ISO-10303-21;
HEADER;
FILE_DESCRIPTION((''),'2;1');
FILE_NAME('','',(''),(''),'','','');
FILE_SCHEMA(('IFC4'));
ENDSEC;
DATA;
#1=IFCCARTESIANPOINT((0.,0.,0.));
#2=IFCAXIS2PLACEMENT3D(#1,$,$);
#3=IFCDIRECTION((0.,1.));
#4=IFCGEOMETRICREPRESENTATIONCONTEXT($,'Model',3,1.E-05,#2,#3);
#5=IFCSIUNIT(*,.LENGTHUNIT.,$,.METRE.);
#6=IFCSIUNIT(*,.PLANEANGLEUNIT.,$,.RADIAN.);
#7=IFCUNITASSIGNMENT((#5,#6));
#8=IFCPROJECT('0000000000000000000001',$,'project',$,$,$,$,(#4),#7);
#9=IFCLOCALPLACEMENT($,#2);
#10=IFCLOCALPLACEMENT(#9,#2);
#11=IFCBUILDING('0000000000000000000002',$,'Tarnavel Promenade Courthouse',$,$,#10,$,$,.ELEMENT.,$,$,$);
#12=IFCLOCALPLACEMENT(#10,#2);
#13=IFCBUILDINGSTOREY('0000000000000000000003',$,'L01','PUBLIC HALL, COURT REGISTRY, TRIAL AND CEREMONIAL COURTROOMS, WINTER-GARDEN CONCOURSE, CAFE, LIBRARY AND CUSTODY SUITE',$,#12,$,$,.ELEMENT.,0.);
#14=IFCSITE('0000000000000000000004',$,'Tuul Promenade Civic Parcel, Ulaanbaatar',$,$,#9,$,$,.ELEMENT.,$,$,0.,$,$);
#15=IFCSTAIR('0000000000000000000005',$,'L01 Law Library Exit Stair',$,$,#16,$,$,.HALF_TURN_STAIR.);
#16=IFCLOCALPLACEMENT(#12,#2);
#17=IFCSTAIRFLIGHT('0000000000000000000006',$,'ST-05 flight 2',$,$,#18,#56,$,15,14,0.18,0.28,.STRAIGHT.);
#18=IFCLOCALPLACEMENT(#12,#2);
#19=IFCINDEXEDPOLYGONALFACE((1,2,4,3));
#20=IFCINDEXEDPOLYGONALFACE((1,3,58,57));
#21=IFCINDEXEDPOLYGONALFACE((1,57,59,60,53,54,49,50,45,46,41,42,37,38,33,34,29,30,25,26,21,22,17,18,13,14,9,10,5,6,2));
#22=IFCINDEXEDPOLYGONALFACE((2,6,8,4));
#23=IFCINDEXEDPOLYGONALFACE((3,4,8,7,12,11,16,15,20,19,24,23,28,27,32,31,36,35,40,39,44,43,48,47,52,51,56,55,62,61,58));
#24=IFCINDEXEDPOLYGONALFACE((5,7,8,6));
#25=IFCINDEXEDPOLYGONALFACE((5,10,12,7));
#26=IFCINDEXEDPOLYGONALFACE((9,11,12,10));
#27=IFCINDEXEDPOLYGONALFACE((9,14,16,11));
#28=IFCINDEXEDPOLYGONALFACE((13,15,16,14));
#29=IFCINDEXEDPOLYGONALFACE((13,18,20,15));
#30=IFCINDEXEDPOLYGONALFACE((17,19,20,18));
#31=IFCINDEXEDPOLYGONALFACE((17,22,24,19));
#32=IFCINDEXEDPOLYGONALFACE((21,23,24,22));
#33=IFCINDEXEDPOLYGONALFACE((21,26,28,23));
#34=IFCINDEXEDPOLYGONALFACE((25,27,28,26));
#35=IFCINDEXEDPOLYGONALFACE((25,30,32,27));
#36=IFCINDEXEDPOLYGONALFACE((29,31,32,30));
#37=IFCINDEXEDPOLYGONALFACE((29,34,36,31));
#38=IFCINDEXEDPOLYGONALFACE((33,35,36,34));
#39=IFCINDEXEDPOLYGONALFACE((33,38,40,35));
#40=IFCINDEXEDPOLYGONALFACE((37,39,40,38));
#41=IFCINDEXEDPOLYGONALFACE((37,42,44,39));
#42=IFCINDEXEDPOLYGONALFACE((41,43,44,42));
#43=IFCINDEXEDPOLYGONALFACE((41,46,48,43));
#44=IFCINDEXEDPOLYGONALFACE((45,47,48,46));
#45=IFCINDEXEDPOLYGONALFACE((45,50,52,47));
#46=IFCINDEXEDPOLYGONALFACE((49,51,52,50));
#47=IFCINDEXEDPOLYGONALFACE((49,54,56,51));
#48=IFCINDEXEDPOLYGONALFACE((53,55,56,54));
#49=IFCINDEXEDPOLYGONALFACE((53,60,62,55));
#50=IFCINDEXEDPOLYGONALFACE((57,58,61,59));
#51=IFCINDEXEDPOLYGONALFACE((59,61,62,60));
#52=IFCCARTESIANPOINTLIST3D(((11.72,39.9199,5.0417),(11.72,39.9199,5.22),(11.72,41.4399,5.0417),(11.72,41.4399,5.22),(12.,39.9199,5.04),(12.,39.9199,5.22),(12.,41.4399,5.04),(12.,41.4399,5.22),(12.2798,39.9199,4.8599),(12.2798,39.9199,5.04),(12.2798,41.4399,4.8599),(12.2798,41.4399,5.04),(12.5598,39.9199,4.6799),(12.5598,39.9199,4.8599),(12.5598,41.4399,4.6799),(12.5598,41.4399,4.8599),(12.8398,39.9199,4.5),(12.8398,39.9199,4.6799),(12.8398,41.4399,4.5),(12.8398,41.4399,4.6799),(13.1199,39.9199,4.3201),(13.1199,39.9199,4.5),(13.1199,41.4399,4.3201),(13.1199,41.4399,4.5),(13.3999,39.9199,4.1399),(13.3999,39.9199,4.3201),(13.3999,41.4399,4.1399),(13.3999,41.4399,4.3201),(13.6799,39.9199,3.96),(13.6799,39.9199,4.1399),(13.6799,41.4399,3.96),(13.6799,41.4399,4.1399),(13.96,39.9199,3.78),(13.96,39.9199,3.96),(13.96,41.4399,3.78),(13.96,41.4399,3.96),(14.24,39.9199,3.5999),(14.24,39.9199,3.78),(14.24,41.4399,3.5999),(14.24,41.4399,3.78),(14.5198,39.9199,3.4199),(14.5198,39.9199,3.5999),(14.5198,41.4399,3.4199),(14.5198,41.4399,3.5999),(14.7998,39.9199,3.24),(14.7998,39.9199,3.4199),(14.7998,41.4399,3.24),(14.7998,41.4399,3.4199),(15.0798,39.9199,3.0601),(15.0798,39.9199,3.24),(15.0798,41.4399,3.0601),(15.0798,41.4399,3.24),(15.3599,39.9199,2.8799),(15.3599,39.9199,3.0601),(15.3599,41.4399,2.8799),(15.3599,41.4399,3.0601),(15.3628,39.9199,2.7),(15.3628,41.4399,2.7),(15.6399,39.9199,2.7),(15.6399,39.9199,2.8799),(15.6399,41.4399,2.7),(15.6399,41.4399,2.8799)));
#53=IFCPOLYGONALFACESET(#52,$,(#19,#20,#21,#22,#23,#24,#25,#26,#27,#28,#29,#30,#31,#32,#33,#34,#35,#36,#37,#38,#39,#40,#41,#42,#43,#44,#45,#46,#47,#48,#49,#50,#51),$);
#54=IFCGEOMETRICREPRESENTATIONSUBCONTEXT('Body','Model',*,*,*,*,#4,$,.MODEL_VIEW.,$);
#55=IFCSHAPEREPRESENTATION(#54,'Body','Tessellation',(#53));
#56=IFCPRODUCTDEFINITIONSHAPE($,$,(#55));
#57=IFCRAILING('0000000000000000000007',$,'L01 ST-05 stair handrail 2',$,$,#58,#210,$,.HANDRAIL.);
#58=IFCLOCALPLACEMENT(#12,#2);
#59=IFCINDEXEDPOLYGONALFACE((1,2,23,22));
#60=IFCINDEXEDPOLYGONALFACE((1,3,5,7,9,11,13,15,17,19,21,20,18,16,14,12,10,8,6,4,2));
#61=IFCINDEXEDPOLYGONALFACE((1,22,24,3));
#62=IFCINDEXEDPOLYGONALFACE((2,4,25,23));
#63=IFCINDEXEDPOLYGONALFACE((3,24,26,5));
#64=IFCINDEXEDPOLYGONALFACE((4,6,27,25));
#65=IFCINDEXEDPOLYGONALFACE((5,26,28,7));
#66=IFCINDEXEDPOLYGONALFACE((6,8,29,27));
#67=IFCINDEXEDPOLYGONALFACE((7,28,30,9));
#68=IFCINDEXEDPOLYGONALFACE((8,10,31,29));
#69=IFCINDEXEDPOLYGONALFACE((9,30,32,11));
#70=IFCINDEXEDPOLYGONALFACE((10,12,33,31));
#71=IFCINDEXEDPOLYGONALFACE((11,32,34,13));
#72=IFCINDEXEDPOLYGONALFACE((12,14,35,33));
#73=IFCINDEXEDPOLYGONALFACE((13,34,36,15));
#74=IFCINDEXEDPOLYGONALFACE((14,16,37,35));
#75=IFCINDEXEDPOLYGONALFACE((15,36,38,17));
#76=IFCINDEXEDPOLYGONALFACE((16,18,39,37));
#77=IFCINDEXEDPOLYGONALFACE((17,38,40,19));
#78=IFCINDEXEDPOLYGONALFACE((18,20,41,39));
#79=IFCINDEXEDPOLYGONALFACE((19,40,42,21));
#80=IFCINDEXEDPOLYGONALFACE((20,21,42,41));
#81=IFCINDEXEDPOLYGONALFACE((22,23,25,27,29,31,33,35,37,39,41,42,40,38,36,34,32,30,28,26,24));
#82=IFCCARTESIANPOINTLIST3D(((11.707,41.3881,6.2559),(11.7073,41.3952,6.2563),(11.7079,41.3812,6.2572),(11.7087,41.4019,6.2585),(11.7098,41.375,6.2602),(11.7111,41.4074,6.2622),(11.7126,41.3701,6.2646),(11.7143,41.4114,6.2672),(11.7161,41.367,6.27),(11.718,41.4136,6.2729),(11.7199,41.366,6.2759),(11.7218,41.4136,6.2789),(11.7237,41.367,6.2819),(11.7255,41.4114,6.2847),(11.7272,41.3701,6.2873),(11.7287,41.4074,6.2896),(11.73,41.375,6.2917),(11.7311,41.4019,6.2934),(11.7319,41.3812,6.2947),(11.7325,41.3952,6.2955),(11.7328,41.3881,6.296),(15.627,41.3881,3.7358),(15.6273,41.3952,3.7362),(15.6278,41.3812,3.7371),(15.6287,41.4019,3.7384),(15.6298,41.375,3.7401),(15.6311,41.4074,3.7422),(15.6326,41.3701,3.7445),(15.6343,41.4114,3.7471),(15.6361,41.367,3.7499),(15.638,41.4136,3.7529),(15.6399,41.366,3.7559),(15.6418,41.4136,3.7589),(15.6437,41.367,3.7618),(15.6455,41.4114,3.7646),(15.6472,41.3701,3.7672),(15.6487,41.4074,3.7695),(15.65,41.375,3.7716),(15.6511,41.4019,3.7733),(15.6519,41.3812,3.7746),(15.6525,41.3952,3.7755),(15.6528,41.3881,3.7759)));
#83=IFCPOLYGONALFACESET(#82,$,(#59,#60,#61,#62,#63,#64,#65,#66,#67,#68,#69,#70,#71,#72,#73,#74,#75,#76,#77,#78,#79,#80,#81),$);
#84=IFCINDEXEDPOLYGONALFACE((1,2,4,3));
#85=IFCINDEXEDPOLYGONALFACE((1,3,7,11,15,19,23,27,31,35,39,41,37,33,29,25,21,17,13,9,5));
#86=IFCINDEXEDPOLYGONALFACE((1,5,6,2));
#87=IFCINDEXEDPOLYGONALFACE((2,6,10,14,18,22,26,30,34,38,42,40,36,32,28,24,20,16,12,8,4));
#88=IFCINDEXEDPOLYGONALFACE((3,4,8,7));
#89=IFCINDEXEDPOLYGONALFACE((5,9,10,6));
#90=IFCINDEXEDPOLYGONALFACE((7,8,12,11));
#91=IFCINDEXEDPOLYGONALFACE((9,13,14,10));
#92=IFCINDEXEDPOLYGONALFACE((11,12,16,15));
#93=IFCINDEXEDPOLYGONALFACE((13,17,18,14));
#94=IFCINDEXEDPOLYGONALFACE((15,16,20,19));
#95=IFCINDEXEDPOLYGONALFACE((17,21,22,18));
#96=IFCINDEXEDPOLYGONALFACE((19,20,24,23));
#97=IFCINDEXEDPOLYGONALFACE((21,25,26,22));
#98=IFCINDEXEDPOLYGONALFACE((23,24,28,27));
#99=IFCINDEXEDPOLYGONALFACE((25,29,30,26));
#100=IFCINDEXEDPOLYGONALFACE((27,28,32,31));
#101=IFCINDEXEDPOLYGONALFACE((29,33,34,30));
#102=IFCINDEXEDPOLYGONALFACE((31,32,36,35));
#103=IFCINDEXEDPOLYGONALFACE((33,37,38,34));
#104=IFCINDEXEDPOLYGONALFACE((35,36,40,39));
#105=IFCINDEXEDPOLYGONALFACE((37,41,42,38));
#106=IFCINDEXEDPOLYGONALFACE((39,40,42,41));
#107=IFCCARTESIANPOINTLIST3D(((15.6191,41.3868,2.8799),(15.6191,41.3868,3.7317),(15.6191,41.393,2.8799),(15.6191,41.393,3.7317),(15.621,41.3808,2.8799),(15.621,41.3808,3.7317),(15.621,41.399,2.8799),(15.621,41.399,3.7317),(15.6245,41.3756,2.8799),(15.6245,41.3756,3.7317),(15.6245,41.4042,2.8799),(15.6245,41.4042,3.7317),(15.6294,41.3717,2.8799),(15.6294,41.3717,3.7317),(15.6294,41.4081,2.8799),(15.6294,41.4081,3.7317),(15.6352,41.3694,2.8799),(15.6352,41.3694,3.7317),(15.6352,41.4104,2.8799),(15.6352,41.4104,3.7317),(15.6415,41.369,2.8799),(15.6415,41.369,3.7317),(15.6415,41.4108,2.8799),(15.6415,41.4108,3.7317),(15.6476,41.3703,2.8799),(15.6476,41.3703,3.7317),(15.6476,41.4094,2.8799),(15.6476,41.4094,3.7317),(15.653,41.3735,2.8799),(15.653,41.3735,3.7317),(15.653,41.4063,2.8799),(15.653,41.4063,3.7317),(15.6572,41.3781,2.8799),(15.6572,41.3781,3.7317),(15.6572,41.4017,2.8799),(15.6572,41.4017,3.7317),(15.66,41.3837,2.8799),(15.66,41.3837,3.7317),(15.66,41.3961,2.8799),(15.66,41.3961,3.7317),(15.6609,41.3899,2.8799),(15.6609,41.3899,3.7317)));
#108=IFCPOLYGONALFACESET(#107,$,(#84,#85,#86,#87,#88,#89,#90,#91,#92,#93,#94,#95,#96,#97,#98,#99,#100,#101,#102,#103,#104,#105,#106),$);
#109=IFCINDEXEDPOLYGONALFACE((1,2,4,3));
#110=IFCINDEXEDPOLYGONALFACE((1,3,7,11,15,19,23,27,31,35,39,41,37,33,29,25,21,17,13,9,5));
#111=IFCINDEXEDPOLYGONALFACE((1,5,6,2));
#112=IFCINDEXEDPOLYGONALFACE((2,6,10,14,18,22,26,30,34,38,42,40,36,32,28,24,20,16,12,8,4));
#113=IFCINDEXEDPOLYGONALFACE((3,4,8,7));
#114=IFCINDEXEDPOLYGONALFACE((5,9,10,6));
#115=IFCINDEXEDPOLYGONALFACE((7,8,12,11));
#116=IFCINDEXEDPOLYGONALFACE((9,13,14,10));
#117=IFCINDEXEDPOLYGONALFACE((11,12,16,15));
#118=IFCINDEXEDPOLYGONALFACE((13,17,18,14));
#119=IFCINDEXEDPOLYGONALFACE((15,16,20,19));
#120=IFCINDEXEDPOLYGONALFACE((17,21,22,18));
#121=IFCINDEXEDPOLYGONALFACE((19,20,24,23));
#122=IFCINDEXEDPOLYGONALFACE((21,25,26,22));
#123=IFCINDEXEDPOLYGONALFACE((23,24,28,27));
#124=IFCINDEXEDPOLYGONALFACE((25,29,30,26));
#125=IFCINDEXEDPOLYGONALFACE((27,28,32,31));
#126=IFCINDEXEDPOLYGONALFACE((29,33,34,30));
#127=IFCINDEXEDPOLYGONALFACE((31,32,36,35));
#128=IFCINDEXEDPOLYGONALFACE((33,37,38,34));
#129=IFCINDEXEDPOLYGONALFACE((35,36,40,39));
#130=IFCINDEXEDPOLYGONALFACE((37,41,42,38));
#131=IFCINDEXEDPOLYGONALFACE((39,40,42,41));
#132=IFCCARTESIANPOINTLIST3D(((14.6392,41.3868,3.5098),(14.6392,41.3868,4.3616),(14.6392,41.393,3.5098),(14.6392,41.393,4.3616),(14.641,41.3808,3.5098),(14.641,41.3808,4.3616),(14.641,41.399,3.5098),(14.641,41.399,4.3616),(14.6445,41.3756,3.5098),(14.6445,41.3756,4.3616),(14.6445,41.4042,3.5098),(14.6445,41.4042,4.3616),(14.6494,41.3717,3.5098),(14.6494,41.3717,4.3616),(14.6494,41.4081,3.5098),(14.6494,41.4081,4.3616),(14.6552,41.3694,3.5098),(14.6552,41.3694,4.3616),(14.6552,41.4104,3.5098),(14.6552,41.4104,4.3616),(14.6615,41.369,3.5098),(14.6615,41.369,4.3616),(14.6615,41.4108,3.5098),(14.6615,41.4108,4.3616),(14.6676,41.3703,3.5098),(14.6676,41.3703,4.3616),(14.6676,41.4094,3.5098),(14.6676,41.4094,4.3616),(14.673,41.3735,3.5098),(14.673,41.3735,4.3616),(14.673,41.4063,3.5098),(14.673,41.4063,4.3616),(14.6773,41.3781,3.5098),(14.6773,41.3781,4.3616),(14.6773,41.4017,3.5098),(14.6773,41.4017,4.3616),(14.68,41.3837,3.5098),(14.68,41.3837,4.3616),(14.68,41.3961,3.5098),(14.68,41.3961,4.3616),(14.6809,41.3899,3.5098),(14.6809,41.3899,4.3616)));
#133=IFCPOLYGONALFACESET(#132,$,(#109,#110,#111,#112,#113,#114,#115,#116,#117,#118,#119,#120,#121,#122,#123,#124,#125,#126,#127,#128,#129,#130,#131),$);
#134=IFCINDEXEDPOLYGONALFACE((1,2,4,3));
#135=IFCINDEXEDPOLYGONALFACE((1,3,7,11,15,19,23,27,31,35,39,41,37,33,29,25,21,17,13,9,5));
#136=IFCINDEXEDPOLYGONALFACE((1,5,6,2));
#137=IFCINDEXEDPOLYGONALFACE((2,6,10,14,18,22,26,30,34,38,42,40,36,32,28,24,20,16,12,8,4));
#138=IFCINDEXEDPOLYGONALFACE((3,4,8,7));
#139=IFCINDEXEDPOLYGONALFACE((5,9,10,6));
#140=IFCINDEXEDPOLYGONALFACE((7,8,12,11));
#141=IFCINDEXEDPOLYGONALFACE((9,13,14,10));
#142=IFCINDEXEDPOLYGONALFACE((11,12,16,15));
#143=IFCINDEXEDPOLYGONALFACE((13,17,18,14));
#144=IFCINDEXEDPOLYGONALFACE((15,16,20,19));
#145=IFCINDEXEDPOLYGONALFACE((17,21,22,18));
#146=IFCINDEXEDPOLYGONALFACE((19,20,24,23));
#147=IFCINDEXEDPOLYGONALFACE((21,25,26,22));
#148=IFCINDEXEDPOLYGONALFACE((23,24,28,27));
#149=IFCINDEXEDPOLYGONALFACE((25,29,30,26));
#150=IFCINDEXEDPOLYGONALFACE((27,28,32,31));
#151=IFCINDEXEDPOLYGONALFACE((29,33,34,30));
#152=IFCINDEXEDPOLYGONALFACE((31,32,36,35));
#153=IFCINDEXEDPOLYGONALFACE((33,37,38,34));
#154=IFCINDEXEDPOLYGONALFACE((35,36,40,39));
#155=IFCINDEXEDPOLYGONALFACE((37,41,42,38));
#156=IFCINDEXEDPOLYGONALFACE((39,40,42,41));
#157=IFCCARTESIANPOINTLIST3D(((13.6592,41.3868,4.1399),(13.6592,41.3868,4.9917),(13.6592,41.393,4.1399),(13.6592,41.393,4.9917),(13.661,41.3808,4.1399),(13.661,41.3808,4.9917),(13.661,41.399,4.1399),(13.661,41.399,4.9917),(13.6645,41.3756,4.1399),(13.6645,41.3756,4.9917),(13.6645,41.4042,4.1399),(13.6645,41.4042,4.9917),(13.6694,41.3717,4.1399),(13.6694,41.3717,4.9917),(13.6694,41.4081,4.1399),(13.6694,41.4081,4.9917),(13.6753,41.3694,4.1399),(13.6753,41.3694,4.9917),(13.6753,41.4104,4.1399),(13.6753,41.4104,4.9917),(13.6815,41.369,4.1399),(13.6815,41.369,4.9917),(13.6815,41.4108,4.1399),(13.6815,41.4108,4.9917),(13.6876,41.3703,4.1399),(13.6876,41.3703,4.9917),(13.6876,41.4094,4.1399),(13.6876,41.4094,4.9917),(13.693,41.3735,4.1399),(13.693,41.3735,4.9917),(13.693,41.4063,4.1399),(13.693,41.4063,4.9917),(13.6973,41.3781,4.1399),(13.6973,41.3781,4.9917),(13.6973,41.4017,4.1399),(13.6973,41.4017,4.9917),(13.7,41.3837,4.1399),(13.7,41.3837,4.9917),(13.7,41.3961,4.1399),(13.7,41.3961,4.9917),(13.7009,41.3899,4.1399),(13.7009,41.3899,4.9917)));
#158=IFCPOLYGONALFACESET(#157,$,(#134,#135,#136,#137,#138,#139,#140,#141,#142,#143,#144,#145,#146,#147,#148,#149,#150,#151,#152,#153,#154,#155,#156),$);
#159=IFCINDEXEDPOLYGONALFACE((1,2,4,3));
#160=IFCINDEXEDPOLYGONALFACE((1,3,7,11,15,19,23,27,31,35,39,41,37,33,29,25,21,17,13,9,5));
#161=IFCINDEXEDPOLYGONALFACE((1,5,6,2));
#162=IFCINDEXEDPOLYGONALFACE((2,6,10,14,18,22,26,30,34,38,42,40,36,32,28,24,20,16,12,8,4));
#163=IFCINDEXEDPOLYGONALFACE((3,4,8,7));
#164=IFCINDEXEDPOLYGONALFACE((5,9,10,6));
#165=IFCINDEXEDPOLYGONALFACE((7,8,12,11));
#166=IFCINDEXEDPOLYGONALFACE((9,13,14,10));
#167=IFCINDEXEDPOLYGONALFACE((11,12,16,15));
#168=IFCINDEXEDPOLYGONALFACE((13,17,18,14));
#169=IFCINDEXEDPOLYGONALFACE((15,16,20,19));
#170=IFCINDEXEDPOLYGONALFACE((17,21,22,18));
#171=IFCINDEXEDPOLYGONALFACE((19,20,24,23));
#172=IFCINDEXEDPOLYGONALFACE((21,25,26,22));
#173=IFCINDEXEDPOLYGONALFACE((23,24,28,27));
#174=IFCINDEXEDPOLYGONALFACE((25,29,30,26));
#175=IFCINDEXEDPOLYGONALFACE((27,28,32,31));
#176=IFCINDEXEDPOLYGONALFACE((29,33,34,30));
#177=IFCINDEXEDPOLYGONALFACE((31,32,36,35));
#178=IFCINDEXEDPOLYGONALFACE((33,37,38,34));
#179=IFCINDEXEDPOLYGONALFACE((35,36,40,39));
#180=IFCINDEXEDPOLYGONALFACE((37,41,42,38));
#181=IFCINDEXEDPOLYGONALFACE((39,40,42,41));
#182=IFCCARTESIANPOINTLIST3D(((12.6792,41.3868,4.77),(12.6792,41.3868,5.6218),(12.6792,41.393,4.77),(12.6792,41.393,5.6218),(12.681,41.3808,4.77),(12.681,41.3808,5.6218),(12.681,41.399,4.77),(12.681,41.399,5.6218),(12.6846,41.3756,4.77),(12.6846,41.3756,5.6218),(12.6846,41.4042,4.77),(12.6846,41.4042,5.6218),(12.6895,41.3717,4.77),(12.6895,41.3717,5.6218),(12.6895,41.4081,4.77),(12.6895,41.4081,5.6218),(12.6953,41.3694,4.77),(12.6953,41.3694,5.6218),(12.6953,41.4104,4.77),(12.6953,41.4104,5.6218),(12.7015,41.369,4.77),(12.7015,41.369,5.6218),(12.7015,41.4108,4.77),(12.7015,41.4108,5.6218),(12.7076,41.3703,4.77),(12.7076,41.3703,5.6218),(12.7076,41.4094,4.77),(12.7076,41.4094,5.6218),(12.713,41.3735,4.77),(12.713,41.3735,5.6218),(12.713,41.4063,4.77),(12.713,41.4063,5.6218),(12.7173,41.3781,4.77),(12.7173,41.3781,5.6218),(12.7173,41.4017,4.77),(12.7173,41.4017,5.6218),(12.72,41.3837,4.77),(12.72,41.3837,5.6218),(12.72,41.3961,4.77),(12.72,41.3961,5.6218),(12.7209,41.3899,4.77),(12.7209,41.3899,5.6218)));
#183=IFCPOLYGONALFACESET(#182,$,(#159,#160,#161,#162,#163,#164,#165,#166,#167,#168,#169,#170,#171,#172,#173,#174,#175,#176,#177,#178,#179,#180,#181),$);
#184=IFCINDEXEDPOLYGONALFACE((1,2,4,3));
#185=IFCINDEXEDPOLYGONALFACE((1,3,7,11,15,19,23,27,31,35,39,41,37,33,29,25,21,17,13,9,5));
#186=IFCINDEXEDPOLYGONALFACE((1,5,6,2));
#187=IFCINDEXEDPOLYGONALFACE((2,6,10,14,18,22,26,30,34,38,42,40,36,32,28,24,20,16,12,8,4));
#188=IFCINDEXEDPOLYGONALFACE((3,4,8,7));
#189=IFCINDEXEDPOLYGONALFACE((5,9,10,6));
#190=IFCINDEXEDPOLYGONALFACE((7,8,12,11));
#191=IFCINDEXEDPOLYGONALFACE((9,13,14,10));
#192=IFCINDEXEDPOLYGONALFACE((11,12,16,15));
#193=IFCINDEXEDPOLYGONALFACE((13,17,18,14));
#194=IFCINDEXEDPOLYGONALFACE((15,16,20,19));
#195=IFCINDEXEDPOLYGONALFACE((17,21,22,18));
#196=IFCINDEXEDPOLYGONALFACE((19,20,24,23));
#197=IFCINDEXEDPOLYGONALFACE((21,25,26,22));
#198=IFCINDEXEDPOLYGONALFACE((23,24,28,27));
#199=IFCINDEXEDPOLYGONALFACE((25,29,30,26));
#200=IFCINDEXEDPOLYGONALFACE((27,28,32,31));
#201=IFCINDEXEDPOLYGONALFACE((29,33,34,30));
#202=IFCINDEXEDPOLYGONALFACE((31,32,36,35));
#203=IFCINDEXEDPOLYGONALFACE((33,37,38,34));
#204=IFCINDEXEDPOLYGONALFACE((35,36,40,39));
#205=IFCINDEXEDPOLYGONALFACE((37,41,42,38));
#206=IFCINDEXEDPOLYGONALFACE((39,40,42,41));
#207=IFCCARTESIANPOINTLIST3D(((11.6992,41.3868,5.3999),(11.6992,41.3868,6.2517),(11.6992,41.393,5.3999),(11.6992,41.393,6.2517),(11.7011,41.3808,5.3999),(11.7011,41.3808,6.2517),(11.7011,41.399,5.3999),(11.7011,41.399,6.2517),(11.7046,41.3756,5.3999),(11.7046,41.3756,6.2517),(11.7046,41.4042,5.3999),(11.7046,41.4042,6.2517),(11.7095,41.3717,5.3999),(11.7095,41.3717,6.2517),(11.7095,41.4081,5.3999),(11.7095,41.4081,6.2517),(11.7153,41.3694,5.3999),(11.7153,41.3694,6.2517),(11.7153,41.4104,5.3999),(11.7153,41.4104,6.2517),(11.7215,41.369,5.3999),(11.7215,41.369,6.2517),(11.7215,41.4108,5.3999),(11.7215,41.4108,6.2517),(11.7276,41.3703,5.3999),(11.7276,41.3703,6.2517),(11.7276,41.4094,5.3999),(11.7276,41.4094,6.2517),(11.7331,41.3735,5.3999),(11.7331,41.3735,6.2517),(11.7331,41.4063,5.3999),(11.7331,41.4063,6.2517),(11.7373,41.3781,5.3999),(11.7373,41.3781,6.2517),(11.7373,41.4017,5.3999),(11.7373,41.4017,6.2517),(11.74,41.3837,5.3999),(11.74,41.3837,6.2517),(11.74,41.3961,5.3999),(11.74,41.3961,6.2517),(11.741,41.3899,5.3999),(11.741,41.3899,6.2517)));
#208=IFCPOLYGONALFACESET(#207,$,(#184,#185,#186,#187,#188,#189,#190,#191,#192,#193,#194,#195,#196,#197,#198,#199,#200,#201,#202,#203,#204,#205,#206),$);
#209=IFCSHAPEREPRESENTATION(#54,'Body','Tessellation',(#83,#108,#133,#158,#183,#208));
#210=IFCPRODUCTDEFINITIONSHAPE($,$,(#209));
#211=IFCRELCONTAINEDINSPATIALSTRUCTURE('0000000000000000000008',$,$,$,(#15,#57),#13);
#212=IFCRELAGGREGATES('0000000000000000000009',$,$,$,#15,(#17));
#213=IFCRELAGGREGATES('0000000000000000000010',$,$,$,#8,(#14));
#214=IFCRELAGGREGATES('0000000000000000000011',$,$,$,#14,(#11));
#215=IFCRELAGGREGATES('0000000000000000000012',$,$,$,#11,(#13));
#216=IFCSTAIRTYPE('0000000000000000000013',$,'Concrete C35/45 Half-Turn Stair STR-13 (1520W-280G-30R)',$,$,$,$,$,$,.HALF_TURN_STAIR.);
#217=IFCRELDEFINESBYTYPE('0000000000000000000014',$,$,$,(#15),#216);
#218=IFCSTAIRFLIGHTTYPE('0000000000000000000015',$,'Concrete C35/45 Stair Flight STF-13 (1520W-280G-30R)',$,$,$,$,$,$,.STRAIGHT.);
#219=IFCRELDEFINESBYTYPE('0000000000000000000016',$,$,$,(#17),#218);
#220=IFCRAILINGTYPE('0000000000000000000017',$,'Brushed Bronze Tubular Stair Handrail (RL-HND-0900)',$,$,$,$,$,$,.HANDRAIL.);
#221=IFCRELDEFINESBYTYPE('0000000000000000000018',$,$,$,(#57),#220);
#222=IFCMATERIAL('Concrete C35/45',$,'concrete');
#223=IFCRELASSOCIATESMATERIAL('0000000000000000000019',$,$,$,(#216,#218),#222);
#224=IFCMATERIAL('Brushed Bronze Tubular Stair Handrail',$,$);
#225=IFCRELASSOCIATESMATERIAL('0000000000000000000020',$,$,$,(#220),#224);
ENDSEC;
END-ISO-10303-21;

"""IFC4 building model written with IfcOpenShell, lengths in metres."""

from ifc_helpers import new_model, si_unit, direction, frame, origin, origin_2d, place, context, subcontext, project, spatial, polyline, circle, outline, extrude, material, type_object, element, aggregate, save


model = new_model("IFC4")

# Units and contexts
model_context = context("Model", 3, precision=1e-05, world=origin(), true_north=direction((0.0, 1.0)))
body_context = subcontext(model_context, "Body", "Model", "MODEL_VIEW")
ifc_project = project(units=[si_unit("LENGTHUNIT", "METRE"), si_unit("PLANEANGLEUNIT", "RADIAN")], contexts=[model_context])

# Site, building, storey
site_placement = place(None, origin())
site = spatial("IfcSite", under=ifc_project, at=site_placement, Name="Tuul Promenade Civic Parcel, Ulaanbaatar", CompositionType="ELEMENT", RefElevation=0.0)
building_placement = place(site_placement, origin())
building = spatial("IfcBuilding", under=site, at=building_placement, Name="Tarnavel Promenade Courthouse", CompositionType="ELEMENT")
storey_placement = place(building_placement, origin())
storey = spatial("IfcBuildingStorey", under=building, at=storey_placement, Name="L01", Description="PUBLIC HALL, COURT REGISTRY, TRIAL AND CEREMONIAL COURTROOMS, WINTER-GARDEN CONCOURSE, CAFE, LIBRARY AND CUSTODY SUITE", CompositionType="ELEMENT", Elevation=0.0)

# Stair, stair flight
ifc_material_1 = material(Name="Concrete C35/45", Category="concrete")
stair_type = type_object("IfcStairType", Name="Concrete C35/45 Half-Turn Stair STR-13 (1520W-280G-30R)", PredefinedType="HALF_TURN_STAIR", material=ifc_material_1)
stair_placement = place(storey_placement, origin())
stair = element("IfcStair", 1, at=stair_placement, inside=storey, type_object=stair_type, Name="L01 Law Library Exit Stair", PredefinedType="HALF_TURN_STAIR")
stair_flight_type = type_object("IfcStairFlightType", Name="Concrete C35/45 Stair Flight STF-13 (1520W-280G-30R)", PredefinedType="STRAIGHT", material=ifc_material_1)
stair_flight_placement = place(storey_placement, frame((15.6399, 40.6799, 2.7), z_axis=(0.0, 0.0, 1.0), x_axis=(-1.0, 0.0, 0.0)))
stair_flight = element("IfcStairFlight", 2, at=stair_flight_placement, type_object=stair_flight_type, Name="ST-05 flight 2", NumberOfRisers=15, NumberOfTreads=14, PredefinedType="STRAIGHT", RiserHeight=0.18, TreadLength=0.28, context=body_context, shape_type="SweptSolid", body=[
    extrude(outline(polyline([(0.0, 0.0), (0.0, 0.1799), (0.28, 0.1799), (0.28, 0.3601), (0.5601, 0.3601), (0.5601, 0.54), (0.8401, 0.54), (0.8401, 0.72), (1.1201, 0.72), (1.1201, 0.8999), (1.3999, 0.8999), (1.3999, 1.0801), (1.6799, 1.0801), (1.6799, 1.26), (1.96, 1.26), (1.96, 1.4399), (2.24, 1.4399), (2.24, 1.6201), (2.52, 1.6201), (2.52, 1.8), (2.8, 1.8), (2.8, 1.98), (3.0801, 1.98), (3.0801, 2.1599), (3.3601, 2.1599), (3.3601, 2.3401), (3.6399, 2.3401), (3.6399, 2.52), (3.9199, 2.52), (3.9199, 2.7), (3.9199, 2.3418), (0.2771, 0.0), (0.0, 0.0)])), frame((0.0, 0.76, 0.0), z_axis=(0.0, -1.0, 0.0), x_axis=(1.0, 0.0, 0.0)), (0.0, 0.0, 1.0), 1.52),
])
aggregate(stair, [stair_flight])

# Railing
ifc_material_2 = material(Name="Brushed Bronze Tubular Stair Handrail")
railing_type_1 = type_object("IfcRailingType", Name="Brushed Bronze Tubular Stair Handrail (RL-HND-0900)", PredefinedType="HANDRAIL", material=ifc_material_2)
railing_1_placement = place(storey_placement, frame((15.6399, 41.3899, 2.8799)))
element("IfcRailing", 3, at=railing_1_placement, inside=storey, type_object=railing_type_1, Name="L01 ST-05 stair handrail 2", PredefinedType="HANDRAIL", context=body_context, shape_type="SweptSolid", body=[
    extrude(circle(Radius=0.0239, at=origin_2d()), frame((0.0, 0.0, 0.876), z_axis=(-0.841172, 0.0, 0.540768), x_axis=(0.0, -1.0, 0.0)), (0.0, 0.0, 1.0), 4.6602),
    extrude(circle(Radius=0.021, at=origin_2d()), origin(), (0.0, 0.0, 1.0), 0.8518),
    extrude(circle(Radius=0.021, at=origin_2d()), frame((-0.98, 0.0, 0.6299)), (0.0, 0.0, 1.0), 0.8518),
    extrude(circle(Radius=0.021, at=origin_2d()), frame((-1.96, 0.0, 1.26)), (0.0, 0.0, 1.0), 0.8518),
    extrude(circle(Radius=0.021, at=origin_2d()), frame((-2.9399, 0.0, 1.8901)), (0.0, 0.0, 1.0), 0.8518),
    extrude(circle(Radius=0.021, at=origin_2d()), frame((-3.9199, 0.0, 2.52)), (0.0, 0.0, 1.0), 0.8518),
])

save(model, "model.ifc")
